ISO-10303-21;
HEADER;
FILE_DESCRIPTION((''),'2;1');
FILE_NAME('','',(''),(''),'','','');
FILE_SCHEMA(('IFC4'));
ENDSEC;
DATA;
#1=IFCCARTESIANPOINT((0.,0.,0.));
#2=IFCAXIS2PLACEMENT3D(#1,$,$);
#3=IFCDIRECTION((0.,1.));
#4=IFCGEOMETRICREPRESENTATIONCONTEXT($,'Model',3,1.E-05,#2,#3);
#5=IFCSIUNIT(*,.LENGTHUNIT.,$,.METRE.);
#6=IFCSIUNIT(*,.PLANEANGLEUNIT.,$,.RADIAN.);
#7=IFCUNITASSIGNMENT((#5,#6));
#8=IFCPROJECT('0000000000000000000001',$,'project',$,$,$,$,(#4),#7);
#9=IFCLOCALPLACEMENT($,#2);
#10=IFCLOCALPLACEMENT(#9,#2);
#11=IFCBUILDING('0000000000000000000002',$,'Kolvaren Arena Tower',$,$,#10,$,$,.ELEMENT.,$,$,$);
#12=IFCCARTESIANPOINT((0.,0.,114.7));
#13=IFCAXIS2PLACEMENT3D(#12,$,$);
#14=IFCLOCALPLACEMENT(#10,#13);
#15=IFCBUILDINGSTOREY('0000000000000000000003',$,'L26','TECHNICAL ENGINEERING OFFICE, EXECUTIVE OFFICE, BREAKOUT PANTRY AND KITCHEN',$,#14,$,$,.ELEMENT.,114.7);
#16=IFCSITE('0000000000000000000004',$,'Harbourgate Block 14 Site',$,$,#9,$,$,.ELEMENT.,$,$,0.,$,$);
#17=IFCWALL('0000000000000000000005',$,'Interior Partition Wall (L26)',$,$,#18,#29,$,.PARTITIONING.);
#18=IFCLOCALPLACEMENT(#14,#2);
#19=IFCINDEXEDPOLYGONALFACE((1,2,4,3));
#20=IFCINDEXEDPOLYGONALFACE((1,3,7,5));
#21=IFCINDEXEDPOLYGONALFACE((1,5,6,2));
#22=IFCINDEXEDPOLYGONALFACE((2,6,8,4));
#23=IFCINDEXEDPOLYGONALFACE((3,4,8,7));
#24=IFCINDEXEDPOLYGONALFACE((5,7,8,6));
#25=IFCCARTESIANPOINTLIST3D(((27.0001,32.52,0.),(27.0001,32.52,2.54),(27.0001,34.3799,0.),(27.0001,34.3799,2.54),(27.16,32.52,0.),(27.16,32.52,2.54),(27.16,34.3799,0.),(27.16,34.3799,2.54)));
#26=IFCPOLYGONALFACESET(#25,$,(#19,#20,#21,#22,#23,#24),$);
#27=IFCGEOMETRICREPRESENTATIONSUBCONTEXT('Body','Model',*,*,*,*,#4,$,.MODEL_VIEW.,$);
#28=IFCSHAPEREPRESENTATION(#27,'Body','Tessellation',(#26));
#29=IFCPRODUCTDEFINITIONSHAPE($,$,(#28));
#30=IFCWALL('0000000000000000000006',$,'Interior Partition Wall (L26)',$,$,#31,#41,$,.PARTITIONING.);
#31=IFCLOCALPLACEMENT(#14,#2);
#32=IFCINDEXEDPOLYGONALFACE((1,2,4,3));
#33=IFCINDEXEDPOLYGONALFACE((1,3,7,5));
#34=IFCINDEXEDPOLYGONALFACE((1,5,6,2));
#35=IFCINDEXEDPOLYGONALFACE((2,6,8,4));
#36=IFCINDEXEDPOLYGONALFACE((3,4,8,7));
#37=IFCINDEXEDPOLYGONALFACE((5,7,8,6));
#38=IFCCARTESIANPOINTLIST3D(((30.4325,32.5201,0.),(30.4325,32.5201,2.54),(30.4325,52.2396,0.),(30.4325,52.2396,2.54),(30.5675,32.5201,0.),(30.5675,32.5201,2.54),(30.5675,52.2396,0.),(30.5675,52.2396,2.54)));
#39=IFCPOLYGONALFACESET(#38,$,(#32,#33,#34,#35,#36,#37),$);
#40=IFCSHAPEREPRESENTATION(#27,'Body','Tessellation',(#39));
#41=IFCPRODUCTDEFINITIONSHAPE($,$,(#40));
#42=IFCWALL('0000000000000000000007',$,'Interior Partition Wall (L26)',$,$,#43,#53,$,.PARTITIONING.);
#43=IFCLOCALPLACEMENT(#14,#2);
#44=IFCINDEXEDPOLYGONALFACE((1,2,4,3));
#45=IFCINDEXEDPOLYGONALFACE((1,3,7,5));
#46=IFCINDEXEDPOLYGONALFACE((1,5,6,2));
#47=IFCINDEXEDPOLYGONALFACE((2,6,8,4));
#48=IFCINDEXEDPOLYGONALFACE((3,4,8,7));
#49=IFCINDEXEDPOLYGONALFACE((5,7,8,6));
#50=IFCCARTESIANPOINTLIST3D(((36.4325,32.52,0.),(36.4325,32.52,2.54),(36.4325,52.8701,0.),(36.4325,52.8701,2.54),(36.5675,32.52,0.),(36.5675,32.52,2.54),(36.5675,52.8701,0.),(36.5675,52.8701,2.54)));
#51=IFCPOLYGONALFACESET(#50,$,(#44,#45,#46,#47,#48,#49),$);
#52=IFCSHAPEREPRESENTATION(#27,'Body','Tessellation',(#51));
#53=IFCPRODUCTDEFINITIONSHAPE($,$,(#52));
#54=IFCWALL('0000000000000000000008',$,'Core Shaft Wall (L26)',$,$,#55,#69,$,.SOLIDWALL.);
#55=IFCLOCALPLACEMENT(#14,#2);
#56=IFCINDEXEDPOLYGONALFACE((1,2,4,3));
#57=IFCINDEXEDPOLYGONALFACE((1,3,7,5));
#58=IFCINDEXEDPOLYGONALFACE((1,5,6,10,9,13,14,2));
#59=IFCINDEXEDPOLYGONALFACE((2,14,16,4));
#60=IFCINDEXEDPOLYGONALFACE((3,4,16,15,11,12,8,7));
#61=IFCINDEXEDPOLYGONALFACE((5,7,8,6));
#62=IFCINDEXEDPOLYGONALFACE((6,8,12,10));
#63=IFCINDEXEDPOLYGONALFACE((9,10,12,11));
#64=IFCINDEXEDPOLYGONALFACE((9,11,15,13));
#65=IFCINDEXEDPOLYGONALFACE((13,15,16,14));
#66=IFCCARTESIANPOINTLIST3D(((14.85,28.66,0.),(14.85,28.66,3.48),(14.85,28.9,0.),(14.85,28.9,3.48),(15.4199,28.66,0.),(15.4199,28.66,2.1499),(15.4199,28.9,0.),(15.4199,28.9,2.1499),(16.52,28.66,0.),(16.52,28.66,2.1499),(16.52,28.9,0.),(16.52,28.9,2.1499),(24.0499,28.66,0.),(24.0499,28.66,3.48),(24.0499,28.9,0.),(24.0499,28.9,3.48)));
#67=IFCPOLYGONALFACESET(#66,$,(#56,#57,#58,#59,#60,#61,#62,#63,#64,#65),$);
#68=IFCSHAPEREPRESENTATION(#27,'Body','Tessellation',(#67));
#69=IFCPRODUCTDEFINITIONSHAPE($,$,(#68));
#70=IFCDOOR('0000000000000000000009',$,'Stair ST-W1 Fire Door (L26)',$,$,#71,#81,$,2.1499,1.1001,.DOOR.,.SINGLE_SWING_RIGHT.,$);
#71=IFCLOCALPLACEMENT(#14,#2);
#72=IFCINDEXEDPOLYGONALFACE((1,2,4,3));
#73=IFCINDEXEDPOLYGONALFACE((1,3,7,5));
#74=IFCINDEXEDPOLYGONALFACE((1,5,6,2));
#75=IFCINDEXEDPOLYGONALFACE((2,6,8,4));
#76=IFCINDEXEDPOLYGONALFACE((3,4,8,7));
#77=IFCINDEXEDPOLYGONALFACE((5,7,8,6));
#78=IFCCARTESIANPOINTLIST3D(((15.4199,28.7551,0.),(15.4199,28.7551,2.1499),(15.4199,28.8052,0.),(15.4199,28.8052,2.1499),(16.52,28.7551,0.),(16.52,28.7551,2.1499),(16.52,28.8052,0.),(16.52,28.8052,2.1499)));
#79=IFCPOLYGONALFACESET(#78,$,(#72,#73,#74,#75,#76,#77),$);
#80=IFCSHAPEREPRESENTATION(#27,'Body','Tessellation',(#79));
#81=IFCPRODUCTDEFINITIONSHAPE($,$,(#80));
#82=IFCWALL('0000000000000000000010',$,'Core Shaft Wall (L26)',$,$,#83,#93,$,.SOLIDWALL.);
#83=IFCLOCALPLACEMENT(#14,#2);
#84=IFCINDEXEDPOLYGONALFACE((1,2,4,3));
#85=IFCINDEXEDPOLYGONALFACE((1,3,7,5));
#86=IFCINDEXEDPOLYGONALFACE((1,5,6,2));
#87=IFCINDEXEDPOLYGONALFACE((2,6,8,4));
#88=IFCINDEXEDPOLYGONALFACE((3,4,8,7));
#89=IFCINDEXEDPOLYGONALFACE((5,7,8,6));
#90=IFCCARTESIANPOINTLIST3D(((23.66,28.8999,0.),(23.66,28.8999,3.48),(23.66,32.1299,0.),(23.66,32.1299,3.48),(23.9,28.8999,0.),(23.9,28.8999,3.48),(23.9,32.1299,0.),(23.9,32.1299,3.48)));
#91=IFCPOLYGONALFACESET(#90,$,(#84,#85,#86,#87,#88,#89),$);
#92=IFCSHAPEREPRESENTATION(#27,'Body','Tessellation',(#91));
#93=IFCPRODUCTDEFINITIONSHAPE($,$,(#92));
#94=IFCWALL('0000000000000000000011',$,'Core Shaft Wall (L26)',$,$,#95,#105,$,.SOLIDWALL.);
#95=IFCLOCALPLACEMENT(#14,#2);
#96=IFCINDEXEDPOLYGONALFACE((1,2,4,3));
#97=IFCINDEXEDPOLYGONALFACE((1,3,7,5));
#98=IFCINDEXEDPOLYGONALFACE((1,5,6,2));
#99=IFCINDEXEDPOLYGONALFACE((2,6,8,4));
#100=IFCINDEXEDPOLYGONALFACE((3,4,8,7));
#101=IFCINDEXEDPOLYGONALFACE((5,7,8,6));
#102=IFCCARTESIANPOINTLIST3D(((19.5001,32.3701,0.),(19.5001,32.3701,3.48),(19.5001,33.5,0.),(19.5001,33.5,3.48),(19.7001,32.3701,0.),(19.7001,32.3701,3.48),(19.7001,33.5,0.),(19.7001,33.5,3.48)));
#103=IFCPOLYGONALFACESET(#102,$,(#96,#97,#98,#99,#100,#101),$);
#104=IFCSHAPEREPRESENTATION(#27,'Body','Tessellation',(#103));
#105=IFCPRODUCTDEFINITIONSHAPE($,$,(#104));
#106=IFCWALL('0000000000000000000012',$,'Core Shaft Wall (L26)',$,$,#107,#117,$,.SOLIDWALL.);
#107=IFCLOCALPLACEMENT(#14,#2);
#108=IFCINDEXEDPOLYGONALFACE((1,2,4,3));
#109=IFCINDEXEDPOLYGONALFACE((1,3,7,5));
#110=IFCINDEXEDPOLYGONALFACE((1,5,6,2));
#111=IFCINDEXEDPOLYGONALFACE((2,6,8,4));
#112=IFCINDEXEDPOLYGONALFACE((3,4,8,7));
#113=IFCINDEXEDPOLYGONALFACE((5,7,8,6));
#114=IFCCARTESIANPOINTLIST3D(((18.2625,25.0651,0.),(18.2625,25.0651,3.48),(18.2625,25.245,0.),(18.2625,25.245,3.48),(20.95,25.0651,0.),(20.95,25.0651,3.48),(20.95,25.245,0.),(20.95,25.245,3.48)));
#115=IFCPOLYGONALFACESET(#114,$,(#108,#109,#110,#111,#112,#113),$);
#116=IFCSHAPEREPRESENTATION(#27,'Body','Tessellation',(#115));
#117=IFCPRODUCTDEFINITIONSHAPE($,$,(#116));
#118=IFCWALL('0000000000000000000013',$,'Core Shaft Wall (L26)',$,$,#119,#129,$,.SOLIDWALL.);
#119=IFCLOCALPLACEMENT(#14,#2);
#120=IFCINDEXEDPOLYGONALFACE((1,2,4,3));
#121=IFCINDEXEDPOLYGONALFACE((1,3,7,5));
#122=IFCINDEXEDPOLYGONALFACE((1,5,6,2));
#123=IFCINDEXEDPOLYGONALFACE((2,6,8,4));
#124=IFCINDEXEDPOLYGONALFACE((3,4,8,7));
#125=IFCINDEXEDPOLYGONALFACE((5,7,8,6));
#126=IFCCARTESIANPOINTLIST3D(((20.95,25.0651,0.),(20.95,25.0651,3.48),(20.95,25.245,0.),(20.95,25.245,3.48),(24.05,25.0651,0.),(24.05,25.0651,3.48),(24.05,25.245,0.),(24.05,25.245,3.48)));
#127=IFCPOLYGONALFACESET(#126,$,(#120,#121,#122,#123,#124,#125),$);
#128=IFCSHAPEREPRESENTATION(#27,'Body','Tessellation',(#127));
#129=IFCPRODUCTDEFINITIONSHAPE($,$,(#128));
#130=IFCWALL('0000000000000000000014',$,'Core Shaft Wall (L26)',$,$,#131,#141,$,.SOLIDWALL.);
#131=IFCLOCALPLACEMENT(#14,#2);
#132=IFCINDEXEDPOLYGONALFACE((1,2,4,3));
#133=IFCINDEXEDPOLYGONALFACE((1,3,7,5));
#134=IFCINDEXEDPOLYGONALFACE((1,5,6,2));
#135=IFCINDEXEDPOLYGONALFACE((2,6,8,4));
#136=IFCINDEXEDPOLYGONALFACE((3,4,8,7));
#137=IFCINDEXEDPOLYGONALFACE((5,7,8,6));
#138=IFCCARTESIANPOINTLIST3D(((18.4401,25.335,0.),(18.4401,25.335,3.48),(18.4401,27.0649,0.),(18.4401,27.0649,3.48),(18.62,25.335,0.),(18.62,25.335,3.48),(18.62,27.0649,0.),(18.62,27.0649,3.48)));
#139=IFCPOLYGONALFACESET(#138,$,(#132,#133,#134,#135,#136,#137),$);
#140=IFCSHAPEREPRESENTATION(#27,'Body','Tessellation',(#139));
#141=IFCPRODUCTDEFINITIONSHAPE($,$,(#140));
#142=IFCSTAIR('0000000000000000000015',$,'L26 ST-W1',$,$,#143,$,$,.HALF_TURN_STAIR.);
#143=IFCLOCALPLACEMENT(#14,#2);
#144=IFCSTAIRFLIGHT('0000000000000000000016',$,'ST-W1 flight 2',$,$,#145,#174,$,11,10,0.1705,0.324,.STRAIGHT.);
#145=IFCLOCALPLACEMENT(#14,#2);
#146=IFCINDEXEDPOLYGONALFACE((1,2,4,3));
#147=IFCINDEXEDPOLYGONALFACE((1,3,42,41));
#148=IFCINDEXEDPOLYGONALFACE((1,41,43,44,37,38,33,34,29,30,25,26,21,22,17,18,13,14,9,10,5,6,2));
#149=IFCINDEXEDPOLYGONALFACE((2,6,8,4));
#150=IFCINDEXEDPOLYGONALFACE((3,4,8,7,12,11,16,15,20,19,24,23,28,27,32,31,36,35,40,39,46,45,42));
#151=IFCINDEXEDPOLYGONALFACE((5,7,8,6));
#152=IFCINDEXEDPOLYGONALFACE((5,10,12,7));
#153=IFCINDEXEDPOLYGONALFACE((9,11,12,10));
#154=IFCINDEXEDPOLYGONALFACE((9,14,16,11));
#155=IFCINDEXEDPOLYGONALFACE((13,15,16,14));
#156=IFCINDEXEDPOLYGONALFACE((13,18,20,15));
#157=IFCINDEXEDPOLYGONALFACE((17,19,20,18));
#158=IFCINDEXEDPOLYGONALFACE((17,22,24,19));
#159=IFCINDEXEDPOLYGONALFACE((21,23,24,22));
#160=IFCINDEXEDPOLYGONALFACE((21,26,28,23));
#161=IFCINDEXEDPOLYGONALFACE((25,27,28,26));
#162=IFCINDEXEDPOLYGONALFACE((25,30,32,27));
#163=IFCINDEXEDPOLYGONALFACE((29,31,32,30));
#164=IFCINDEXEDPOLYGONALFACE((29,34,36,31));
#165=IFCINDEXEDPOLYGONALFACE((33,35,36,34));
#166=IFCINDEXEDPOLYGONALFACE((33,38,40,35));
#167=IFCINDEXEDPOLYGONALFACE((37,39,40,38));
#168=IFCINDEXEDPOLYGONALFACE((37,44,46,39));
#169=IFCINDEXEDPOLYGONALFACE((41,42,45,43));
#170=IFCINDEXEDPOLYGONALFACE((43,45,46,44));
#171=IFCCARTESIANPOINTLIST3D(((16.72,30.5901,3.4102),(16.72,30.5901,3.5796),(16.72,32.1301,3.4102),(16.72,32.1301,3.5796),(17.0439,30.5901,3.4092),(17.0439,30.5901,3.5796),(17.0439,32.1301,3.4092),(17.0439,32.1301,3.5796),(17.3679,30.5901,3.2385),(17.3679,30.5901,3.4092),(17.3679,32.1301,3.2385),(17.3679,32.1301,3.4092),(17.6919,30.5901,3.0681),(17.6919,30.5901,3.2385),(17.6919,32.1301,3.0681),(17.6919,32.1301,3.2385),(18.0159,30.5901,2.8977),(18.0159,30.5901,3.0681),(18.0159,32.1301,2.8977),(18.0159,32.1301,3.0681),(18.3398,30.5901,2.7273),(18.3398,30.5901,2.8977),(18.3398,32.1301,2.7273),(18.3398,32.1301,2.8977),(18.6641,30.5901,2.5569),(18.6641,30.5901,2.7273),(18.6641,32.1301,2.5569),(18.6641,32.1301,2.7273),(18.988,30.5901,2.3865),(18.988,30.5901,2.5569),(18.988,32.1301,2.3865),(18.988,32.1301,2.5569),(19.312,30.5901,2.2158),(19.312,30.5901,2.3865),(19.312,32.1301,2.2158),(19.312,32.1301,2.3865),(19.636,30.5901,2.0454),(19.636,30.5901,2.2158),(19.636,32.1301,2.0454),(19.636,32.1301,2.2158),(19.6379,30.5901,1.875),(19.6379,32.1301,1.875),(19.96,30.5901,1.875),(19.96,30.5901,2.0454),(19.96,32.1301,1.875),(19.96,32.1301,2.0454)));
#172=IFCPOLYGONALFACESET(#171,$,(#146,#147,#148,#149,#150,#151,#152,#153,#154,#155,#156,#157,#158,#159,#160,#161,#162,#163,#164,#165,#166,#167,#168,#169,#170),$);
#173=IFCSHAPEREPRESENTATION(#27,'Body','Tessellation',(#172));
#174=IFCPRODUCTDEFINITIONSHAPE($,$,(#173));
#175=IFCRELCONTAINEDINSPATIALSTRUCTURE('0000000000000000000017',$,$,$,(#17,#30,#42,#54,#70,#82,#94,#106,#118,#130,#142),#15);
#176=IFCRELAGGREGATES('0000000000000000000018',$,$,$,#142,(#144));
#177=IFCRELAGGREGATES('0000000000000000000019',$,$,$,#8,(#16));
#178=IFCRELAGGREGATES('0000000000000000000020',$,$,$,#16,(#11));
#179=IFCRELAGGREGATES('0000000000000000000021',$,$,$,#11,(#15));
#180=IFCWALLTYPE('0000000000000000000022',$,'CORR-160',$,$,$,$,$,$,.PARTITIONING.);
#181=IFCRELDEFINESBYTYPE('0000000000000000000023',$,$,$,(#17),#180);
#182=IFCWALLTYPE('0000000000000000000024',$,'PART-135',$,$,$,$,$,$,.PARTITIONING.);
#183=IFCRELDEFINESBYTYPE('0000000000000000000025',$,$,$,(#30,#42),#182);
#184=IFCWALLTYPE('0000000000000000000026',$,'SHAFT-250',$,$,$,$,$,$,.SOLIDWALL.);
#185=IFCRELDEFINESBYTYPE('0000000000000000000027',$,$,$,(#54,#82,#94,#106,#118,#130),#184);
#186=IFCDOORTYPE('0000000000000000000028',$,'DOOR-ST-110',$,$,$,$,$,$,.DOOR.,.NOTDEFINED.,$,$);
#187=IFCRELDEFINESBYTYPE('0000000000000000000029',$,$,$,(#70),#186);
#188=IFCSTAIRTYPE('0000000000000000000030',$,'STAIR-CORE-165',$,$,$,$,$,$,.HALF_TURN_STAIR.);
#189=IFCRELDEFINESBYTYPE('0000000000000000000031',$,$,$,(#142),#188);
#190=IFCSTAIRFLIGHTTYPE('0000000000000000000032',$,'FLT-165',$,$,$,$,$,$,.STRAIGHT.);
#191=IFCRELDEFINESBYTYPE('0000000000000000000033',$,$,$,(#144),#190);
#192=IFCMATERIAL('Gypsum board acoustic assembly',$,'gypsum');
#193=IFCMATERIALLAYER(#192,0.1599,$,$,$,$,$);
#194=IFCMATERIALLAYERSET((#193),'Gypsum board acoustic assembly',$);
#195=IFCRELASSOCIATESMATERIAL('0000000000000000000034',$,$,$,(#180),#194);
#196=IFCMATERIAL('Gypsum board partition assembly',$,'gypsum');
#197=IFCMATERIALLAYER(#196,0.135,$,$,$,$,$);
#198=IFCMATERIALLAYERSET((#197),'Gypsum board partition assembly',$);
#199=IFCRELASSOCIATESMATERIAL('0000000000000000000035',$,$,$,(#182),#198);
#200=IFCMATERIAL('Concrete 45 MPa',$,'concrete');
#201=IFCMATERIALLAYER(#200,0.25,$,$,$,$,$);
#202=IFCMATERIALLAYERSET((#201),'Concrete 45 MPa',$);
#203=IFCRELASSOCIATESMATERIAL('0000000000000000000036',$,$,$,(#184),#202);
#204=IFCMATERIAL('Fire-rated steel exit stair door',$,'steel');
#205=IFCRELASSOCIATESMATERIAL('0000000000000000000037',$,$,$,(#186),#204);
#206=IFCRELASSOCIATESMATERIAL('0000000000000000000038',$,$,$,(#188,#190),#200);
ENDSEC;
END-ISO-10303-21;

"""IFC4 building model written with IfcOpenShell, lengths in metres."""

from ifc_helpers import new_model, si_unit, direction, frame, frame_2d, origin, place, context, subcontext, project, spatial, polyline, rectangle, outline, extrude, material, layer, layer_set, type_object, element, fill, aggregate, save


model = new_model("IFC4")

# Units and contexts
model_context = context("Model", 3, precision=1e-05, world=origin(), true_north=direction((0.0, 1.0)))
body_context = subcontext(model_context, "Body", "Model", "MODEL_VIEW")
ifc_project = project(units=[si_unit("LENGTHUNIT", "METRE"), si_unit("PLANEANGLEUNIT", "RADIAN")], contexts=[model_context])

# Site, building, storey
site_placement = place(None, origin())
site = spatial("IfcSite", under=ifc_project, at=site_placement, Name="Harbourgate Block 14 Site", CompositionType="ELEMENT", RefElevation=0.0)
building_placement = place(site_placement, origin())
building = spatial("IfcBuilding", under=site, at=building_placement, Name="Kolvaren Arena Tower", CompositionType="ELEMENT")
storey_placement = place(building_placement, frame((0.0, 0.0, 114.7)))
storey = spatial("IfcBuildingStorey", under=building, at=storey_placement, Name="L26", Description="TECHNICAL ENGINEERING OFFICE, EXECUTIVE OFFICE, BREAKOUT PANTRY AND KITCHEN", CompositionType="ELEMENT", Elevation=114.7)

# Shared definitions
ifc_material_1 = material(Name="Gypsum board acoustic assembly", Category="gypsum")
ifc_layer_1 = layer(ifc_material_1, 0.1599)
ifc_layer_set_1 = layer_set([ifc_layer_1], Name="Gypsum board acoustic assembly")
wall_type_1 = type_object("IfcWallType", Name="CORR-160", PredefinedType="PARTITIONING", material=ifc_layer_set_1)

# Wall
wall_1_placement = place(storey_placement, frame((27.0801, 32.52, 0.0), z_axis=(0.0, 0.0, 1.0), x_axis=(0.0, 1.0, 0.0)))
element("IfcWall", 1, at=wall_1_placement, inside=storey, type_object=wall_type_1, Name="Interior Partition Wall (L26)", PredefinedType="PARTITIONING", context=body_context, shape_type="SweptSolid", body=[
    extrude(rectangle(XDim=1.8599, YDim=0.1599, at=frame_2d((0.9299, 0.0))), origin(), (0.0, 0.0, 1.0), 2.54),
])

# Walls
ifc_material_2 = material(Name="Gypsum board partition assembly", Category="gypsum")
ifc_layer_2 = layer(ifc_material_2, 0.135)
ifc_layer_set_2 = layer_set([ifc_layer_2], Name="Gypsum board partition assembly")
wall_type_2 = type_object("IfcWallType", Name="PART-135", PredefinedType="PARTITIONING", material=ifc_layer_set_2)
wall_2_placement = place(storey_placement, frame((30.5, 32.52, 0.0), z_axis=(0.0, 0.0, 1.0), x_axis=(0.0, 1.0, 0.0)))
element("IfcWall", 2, at=wall_2_placement, inside=storey, type_object=wall_type_2, Name="Interior Partition Wall (L26)", PredefinedType="PARTITIONING", context=body_context, shape_type="SweptSolid", body=[
    extrude(rectangle(XDim=19.7195, YDim=0.135, at=frame_2d((9.8599, 0.0))), origin(), (0.0, 0.0, 1.0), 2.54),
])
wall_3_placement = place(storey_placement, frame((36.5, 32.52, 0.0), z_axis=(0.0, 0.0, 1.0), x_axis=(0.0, 1.0, 0.0)))
element("IfcWall", 3, at=wall_3_placement, inside=storey, type_object=wall_type_2, Name="Interior Partition Wall (L26)", PredefinedType="PARTITIONING", context=body_context, shape_type="SweptSolid", body=[
    extrude(rectangle(XDim=20.3501, YDim=0.135, at=frame_2d((10.175, 0.0))), origin(), (0.0, 0.0, 1.0), 2.54),
])

# Wall, opening, door
ifc_material_3 = material(Name="Concrete 45 MPa", Category="concrete")
ifc_layer_3 = layer(ifc_material_3, 0.25)
ifc_layer_set_3 = layer_set([ifc_layer_3], Name="Concrete 45 MPa")
wall_type_3 = type_object("IfcWallType", Name="SHAFT-250", PredefinedType="SOLIDWALL", material=ifc_layer_set_3)
wall_4_placement = place(storey_placement, frame((24.05, 28.78, 0.0), z_axis=(0.0, 0.0, 1.0), x_axis=(-1.0, 0.0, 0.0)))
wall_4 = element("IfcWall", 4, at=wall_4_placement, inside=storey, type_object=wall_type_3, Name="Core Shaft Wall (L26)", PredefinedType="SOLIDWALL", context=body_context, shape_type="SweptSolid", body=[
    extrude(rectangle(XDim=9.2, YDim=0.24, at=frame_2d((4.6001, 0.0))), origin(), (0.0, 0.0, 1.0), 3.48),
])
opening_1_placement = place(wall_4_placement, frame((7.53, 0.0, 0.0)))
opening_1 = element("IfcOpeningElement", 5, at=opening_1_placement, cuts=wall_4, PredefinedType="OPENING", context=body_context, shape_type="SweptSolid", body=[
    extrude(rectangle(XDim=1.1001, YDim=2.1499, at=frame_2d((0.55, 1.075))), frame((0.0, 0.1299, 0.0), z_axis=(0.0, -1.0, 0.0), x_axis=(1.0, 0.0, 0.0)), (0.0, 0.0, 1.0), 0.26),
])
ifc_material_4 = material(Name="Fire-rated steel exit stair door", Category="steel")
door_type_1 = type_object("IfcDoorType", Name="DOOR-ST-110", OperationType="NOTDEFINED", PredefinedType="DOOR", material=ifc_material_4)
door_1_placement = place(opening_1_placement, origin())
door_1 = element("IfcDoor", 6, at=door_1_placement, inside=storey, type_object=door_type_1, Name="Stair ST-W1 Fire Door (L26)", OperationType="SINGLE_SWING_RIGHT", OverallHeight=2.1499, OverallWidth=1.1001, PredefinedType="DOOR", context=body_context, shape_type="SweptSolid", body=[
    extrude(rectangle(XDim=1.1001, YDim=2.1499, at=frame_2d((0.55, 1.075))), frame((0.0, 0.0249, 0.0), z_axis=(0.0, -1.0, 0.0), x_axis=(1.0, 0.0, 0.0)), (0.0, 0.0, 1.0), 0.05),
])
fill(opening_1, door_1)

# Walls
wall_5_placement = place(storey_placement, frame((23.78, 28.8999, 0.0), z_axis=(0.0, 0.0, 1.0), x_axis=(0.0, 1.0, 0.0)))
element("IfcWall", 7, at=wall_5_placement, inside=storey, type_object=wall_type_3, Name="Core Shaft Wall (L26)", PredefinedType="SOLIDWALL", context=body_context, shape_type="SweptSolid", body=[
    extrude(rectangle(XDim=3.23, YDim=0.24, at=frame_2d((1.615, 0.0))), origin(), (0.0, 0.0, 1.0), 3.48),
])
wall_6_placement = place(storey_placement, frame((19.6001, 32.3701, 0.0), z_axis=(0.0, 0.0, 1.0), x_axis=(0.0, 1.0, 0.0)))
element("IfcWall", 8, at=wall_6_placement, inside=storey, type_object=wall_type_3, Name="Core Shaft Wall (L26)", PredefinedType="SOLIDWALL", context=body_context, shape_type="SweptSolid", body=[
    extrude(rectangle(XDim=1.1299, YDim=0.2, at=frame_2d((0.5649, 0.0))), origin(), (0.0, 0.0, 1.0), 3.48),
])
wall_7_placement = place(storey_placement, frame((18.2625, 25.155, 0.0), z_axis=(0.0, 0.0, 1.0), x_axis=(1.0, 0.0, 0.0)))
element("IfcWall", 9, at=wall_7_placement, inside=storey, type_object=wall_type_3, Name="Core Shaft Wall (L26)", PredefinedType="SOLIDWALL", context=body_context, shape_type="SweptSolid", body=[
    extrude(rectangle(XDim=2.6875, YDim=0.1799, at=frame_2d((1.3438, 0.0))), origin(), (0.0, 0.0, 1.0), 3.48),
])
wall_8_placement = place(storey_placement, frame((20.95, 25.155, 0.0), z_axis=(0.0, 0.0, 1.0), x_axis=(1.0, 0.0, 0.0)))
element("IfcWall", 10, at=wall_8_placement, inside=storey, type_object=wall_type_3, Name="Core Shaft Wall (L26)", PredefinedType="SOLIDWALL", context=body_context, shape_type="SweptSolid", body=[
    extrude(rectangle(XDim=3.1001, YDim=0.1799, at=frame_2d((1.55, 0.0))), origin(), (0.0, 0.0, 1.0), 3.48),
])
wall_9_placement = place(storey_placement, frame((18.53, 25.335, 0.0), z_axis=(0.0, 0.0, 1.0), x_axis=(0.0, 1.0, 0.0)))
element("IfcWall", 11, at=wall_9_placement, inside=storey, type_object=wall_type_3, Name="Core Shaft Wall (L26)", PredefinedType="SOLIDWALL", context=body_context, shape_type="SweptSolid", body=[
    extrude(rectangle(XDim=1.73, YDim=0.1799, at=frame_2d((0.865, 0.0))), origin(), (0.0, 0.0, 1.0), 3.48),
])

# Stair, stair flight
stair_type = type_object("IfcStairType", Name="STAIR-CORE-165", PredefinedType="HALF_TURN_STAIR", material=ifc_material_3)
stair_placement = place(storey_placement, origin())
stair = element("IfcStair", 12, at=stair_placement, inside=storey, type_object=stair_type, Name="L26 ST-W1", PredefinedType="HALF_TURN_STAIR")
stair_flight_type = type_object("IfcStairFlightType", Name="FLT-165", PredefinedType="STRAIGHT", material=ifc_material_3)
stair_flight_placement = place(storey_placement, frame((19.96, 31.3601, 1.875), z_axis=(0.0, 0.0, 1.0), x_axis=(-1.0, 0.0, 0.0)))
stair_flight = element("IfcStairFlight", 13, at=stair_flight_placement, type_object=stair_flight_type, Name="ST-W1 flight 2", NumberOfRisers=11, NumberOfTreads=10, PredefinedType="STRAIGHT", RiserHeight=0.1705, TreadLength=0.324, context=body_context, shape_type="SweptSolid", body=[
    extrude(outline(polyline([(0.0, 0.0), (0.0, 0.1704), (0.324, 0.1704), (0.324, 0.3408), (0.6479, 0.3408), (0.6479, 0.5115), (0.9719, 0.5115), (0.9719, 0.6819), (1.2959, 0.6819), (1.2959, 0.8523), (1.6201, 0.8523), (1.6201, 1.0227), (1.9441, 1.0227), (1.9441, 1.1931), (2.2681, 1.1931), (2.2681, 1.3635), (2.592, 1.3635), (2.592, 1.5342), (2.916, 1.5342), (2.916, 1.7046), (3.24, 1.7046), (3.24, 1.875), (3.24, 1.5352), (0.322, 0.0), (0.0, 0.0)])), frame((0.0, 0.77, 0.0), z_axis=(0.0, -1.0, 0.0), x_axis=(1.0, 0.0, 0.0)), (0.0, 0.0, 1.0), 1.54),
])
aggregate(stair, [stair_flight])

save(model, "model.ifc")
